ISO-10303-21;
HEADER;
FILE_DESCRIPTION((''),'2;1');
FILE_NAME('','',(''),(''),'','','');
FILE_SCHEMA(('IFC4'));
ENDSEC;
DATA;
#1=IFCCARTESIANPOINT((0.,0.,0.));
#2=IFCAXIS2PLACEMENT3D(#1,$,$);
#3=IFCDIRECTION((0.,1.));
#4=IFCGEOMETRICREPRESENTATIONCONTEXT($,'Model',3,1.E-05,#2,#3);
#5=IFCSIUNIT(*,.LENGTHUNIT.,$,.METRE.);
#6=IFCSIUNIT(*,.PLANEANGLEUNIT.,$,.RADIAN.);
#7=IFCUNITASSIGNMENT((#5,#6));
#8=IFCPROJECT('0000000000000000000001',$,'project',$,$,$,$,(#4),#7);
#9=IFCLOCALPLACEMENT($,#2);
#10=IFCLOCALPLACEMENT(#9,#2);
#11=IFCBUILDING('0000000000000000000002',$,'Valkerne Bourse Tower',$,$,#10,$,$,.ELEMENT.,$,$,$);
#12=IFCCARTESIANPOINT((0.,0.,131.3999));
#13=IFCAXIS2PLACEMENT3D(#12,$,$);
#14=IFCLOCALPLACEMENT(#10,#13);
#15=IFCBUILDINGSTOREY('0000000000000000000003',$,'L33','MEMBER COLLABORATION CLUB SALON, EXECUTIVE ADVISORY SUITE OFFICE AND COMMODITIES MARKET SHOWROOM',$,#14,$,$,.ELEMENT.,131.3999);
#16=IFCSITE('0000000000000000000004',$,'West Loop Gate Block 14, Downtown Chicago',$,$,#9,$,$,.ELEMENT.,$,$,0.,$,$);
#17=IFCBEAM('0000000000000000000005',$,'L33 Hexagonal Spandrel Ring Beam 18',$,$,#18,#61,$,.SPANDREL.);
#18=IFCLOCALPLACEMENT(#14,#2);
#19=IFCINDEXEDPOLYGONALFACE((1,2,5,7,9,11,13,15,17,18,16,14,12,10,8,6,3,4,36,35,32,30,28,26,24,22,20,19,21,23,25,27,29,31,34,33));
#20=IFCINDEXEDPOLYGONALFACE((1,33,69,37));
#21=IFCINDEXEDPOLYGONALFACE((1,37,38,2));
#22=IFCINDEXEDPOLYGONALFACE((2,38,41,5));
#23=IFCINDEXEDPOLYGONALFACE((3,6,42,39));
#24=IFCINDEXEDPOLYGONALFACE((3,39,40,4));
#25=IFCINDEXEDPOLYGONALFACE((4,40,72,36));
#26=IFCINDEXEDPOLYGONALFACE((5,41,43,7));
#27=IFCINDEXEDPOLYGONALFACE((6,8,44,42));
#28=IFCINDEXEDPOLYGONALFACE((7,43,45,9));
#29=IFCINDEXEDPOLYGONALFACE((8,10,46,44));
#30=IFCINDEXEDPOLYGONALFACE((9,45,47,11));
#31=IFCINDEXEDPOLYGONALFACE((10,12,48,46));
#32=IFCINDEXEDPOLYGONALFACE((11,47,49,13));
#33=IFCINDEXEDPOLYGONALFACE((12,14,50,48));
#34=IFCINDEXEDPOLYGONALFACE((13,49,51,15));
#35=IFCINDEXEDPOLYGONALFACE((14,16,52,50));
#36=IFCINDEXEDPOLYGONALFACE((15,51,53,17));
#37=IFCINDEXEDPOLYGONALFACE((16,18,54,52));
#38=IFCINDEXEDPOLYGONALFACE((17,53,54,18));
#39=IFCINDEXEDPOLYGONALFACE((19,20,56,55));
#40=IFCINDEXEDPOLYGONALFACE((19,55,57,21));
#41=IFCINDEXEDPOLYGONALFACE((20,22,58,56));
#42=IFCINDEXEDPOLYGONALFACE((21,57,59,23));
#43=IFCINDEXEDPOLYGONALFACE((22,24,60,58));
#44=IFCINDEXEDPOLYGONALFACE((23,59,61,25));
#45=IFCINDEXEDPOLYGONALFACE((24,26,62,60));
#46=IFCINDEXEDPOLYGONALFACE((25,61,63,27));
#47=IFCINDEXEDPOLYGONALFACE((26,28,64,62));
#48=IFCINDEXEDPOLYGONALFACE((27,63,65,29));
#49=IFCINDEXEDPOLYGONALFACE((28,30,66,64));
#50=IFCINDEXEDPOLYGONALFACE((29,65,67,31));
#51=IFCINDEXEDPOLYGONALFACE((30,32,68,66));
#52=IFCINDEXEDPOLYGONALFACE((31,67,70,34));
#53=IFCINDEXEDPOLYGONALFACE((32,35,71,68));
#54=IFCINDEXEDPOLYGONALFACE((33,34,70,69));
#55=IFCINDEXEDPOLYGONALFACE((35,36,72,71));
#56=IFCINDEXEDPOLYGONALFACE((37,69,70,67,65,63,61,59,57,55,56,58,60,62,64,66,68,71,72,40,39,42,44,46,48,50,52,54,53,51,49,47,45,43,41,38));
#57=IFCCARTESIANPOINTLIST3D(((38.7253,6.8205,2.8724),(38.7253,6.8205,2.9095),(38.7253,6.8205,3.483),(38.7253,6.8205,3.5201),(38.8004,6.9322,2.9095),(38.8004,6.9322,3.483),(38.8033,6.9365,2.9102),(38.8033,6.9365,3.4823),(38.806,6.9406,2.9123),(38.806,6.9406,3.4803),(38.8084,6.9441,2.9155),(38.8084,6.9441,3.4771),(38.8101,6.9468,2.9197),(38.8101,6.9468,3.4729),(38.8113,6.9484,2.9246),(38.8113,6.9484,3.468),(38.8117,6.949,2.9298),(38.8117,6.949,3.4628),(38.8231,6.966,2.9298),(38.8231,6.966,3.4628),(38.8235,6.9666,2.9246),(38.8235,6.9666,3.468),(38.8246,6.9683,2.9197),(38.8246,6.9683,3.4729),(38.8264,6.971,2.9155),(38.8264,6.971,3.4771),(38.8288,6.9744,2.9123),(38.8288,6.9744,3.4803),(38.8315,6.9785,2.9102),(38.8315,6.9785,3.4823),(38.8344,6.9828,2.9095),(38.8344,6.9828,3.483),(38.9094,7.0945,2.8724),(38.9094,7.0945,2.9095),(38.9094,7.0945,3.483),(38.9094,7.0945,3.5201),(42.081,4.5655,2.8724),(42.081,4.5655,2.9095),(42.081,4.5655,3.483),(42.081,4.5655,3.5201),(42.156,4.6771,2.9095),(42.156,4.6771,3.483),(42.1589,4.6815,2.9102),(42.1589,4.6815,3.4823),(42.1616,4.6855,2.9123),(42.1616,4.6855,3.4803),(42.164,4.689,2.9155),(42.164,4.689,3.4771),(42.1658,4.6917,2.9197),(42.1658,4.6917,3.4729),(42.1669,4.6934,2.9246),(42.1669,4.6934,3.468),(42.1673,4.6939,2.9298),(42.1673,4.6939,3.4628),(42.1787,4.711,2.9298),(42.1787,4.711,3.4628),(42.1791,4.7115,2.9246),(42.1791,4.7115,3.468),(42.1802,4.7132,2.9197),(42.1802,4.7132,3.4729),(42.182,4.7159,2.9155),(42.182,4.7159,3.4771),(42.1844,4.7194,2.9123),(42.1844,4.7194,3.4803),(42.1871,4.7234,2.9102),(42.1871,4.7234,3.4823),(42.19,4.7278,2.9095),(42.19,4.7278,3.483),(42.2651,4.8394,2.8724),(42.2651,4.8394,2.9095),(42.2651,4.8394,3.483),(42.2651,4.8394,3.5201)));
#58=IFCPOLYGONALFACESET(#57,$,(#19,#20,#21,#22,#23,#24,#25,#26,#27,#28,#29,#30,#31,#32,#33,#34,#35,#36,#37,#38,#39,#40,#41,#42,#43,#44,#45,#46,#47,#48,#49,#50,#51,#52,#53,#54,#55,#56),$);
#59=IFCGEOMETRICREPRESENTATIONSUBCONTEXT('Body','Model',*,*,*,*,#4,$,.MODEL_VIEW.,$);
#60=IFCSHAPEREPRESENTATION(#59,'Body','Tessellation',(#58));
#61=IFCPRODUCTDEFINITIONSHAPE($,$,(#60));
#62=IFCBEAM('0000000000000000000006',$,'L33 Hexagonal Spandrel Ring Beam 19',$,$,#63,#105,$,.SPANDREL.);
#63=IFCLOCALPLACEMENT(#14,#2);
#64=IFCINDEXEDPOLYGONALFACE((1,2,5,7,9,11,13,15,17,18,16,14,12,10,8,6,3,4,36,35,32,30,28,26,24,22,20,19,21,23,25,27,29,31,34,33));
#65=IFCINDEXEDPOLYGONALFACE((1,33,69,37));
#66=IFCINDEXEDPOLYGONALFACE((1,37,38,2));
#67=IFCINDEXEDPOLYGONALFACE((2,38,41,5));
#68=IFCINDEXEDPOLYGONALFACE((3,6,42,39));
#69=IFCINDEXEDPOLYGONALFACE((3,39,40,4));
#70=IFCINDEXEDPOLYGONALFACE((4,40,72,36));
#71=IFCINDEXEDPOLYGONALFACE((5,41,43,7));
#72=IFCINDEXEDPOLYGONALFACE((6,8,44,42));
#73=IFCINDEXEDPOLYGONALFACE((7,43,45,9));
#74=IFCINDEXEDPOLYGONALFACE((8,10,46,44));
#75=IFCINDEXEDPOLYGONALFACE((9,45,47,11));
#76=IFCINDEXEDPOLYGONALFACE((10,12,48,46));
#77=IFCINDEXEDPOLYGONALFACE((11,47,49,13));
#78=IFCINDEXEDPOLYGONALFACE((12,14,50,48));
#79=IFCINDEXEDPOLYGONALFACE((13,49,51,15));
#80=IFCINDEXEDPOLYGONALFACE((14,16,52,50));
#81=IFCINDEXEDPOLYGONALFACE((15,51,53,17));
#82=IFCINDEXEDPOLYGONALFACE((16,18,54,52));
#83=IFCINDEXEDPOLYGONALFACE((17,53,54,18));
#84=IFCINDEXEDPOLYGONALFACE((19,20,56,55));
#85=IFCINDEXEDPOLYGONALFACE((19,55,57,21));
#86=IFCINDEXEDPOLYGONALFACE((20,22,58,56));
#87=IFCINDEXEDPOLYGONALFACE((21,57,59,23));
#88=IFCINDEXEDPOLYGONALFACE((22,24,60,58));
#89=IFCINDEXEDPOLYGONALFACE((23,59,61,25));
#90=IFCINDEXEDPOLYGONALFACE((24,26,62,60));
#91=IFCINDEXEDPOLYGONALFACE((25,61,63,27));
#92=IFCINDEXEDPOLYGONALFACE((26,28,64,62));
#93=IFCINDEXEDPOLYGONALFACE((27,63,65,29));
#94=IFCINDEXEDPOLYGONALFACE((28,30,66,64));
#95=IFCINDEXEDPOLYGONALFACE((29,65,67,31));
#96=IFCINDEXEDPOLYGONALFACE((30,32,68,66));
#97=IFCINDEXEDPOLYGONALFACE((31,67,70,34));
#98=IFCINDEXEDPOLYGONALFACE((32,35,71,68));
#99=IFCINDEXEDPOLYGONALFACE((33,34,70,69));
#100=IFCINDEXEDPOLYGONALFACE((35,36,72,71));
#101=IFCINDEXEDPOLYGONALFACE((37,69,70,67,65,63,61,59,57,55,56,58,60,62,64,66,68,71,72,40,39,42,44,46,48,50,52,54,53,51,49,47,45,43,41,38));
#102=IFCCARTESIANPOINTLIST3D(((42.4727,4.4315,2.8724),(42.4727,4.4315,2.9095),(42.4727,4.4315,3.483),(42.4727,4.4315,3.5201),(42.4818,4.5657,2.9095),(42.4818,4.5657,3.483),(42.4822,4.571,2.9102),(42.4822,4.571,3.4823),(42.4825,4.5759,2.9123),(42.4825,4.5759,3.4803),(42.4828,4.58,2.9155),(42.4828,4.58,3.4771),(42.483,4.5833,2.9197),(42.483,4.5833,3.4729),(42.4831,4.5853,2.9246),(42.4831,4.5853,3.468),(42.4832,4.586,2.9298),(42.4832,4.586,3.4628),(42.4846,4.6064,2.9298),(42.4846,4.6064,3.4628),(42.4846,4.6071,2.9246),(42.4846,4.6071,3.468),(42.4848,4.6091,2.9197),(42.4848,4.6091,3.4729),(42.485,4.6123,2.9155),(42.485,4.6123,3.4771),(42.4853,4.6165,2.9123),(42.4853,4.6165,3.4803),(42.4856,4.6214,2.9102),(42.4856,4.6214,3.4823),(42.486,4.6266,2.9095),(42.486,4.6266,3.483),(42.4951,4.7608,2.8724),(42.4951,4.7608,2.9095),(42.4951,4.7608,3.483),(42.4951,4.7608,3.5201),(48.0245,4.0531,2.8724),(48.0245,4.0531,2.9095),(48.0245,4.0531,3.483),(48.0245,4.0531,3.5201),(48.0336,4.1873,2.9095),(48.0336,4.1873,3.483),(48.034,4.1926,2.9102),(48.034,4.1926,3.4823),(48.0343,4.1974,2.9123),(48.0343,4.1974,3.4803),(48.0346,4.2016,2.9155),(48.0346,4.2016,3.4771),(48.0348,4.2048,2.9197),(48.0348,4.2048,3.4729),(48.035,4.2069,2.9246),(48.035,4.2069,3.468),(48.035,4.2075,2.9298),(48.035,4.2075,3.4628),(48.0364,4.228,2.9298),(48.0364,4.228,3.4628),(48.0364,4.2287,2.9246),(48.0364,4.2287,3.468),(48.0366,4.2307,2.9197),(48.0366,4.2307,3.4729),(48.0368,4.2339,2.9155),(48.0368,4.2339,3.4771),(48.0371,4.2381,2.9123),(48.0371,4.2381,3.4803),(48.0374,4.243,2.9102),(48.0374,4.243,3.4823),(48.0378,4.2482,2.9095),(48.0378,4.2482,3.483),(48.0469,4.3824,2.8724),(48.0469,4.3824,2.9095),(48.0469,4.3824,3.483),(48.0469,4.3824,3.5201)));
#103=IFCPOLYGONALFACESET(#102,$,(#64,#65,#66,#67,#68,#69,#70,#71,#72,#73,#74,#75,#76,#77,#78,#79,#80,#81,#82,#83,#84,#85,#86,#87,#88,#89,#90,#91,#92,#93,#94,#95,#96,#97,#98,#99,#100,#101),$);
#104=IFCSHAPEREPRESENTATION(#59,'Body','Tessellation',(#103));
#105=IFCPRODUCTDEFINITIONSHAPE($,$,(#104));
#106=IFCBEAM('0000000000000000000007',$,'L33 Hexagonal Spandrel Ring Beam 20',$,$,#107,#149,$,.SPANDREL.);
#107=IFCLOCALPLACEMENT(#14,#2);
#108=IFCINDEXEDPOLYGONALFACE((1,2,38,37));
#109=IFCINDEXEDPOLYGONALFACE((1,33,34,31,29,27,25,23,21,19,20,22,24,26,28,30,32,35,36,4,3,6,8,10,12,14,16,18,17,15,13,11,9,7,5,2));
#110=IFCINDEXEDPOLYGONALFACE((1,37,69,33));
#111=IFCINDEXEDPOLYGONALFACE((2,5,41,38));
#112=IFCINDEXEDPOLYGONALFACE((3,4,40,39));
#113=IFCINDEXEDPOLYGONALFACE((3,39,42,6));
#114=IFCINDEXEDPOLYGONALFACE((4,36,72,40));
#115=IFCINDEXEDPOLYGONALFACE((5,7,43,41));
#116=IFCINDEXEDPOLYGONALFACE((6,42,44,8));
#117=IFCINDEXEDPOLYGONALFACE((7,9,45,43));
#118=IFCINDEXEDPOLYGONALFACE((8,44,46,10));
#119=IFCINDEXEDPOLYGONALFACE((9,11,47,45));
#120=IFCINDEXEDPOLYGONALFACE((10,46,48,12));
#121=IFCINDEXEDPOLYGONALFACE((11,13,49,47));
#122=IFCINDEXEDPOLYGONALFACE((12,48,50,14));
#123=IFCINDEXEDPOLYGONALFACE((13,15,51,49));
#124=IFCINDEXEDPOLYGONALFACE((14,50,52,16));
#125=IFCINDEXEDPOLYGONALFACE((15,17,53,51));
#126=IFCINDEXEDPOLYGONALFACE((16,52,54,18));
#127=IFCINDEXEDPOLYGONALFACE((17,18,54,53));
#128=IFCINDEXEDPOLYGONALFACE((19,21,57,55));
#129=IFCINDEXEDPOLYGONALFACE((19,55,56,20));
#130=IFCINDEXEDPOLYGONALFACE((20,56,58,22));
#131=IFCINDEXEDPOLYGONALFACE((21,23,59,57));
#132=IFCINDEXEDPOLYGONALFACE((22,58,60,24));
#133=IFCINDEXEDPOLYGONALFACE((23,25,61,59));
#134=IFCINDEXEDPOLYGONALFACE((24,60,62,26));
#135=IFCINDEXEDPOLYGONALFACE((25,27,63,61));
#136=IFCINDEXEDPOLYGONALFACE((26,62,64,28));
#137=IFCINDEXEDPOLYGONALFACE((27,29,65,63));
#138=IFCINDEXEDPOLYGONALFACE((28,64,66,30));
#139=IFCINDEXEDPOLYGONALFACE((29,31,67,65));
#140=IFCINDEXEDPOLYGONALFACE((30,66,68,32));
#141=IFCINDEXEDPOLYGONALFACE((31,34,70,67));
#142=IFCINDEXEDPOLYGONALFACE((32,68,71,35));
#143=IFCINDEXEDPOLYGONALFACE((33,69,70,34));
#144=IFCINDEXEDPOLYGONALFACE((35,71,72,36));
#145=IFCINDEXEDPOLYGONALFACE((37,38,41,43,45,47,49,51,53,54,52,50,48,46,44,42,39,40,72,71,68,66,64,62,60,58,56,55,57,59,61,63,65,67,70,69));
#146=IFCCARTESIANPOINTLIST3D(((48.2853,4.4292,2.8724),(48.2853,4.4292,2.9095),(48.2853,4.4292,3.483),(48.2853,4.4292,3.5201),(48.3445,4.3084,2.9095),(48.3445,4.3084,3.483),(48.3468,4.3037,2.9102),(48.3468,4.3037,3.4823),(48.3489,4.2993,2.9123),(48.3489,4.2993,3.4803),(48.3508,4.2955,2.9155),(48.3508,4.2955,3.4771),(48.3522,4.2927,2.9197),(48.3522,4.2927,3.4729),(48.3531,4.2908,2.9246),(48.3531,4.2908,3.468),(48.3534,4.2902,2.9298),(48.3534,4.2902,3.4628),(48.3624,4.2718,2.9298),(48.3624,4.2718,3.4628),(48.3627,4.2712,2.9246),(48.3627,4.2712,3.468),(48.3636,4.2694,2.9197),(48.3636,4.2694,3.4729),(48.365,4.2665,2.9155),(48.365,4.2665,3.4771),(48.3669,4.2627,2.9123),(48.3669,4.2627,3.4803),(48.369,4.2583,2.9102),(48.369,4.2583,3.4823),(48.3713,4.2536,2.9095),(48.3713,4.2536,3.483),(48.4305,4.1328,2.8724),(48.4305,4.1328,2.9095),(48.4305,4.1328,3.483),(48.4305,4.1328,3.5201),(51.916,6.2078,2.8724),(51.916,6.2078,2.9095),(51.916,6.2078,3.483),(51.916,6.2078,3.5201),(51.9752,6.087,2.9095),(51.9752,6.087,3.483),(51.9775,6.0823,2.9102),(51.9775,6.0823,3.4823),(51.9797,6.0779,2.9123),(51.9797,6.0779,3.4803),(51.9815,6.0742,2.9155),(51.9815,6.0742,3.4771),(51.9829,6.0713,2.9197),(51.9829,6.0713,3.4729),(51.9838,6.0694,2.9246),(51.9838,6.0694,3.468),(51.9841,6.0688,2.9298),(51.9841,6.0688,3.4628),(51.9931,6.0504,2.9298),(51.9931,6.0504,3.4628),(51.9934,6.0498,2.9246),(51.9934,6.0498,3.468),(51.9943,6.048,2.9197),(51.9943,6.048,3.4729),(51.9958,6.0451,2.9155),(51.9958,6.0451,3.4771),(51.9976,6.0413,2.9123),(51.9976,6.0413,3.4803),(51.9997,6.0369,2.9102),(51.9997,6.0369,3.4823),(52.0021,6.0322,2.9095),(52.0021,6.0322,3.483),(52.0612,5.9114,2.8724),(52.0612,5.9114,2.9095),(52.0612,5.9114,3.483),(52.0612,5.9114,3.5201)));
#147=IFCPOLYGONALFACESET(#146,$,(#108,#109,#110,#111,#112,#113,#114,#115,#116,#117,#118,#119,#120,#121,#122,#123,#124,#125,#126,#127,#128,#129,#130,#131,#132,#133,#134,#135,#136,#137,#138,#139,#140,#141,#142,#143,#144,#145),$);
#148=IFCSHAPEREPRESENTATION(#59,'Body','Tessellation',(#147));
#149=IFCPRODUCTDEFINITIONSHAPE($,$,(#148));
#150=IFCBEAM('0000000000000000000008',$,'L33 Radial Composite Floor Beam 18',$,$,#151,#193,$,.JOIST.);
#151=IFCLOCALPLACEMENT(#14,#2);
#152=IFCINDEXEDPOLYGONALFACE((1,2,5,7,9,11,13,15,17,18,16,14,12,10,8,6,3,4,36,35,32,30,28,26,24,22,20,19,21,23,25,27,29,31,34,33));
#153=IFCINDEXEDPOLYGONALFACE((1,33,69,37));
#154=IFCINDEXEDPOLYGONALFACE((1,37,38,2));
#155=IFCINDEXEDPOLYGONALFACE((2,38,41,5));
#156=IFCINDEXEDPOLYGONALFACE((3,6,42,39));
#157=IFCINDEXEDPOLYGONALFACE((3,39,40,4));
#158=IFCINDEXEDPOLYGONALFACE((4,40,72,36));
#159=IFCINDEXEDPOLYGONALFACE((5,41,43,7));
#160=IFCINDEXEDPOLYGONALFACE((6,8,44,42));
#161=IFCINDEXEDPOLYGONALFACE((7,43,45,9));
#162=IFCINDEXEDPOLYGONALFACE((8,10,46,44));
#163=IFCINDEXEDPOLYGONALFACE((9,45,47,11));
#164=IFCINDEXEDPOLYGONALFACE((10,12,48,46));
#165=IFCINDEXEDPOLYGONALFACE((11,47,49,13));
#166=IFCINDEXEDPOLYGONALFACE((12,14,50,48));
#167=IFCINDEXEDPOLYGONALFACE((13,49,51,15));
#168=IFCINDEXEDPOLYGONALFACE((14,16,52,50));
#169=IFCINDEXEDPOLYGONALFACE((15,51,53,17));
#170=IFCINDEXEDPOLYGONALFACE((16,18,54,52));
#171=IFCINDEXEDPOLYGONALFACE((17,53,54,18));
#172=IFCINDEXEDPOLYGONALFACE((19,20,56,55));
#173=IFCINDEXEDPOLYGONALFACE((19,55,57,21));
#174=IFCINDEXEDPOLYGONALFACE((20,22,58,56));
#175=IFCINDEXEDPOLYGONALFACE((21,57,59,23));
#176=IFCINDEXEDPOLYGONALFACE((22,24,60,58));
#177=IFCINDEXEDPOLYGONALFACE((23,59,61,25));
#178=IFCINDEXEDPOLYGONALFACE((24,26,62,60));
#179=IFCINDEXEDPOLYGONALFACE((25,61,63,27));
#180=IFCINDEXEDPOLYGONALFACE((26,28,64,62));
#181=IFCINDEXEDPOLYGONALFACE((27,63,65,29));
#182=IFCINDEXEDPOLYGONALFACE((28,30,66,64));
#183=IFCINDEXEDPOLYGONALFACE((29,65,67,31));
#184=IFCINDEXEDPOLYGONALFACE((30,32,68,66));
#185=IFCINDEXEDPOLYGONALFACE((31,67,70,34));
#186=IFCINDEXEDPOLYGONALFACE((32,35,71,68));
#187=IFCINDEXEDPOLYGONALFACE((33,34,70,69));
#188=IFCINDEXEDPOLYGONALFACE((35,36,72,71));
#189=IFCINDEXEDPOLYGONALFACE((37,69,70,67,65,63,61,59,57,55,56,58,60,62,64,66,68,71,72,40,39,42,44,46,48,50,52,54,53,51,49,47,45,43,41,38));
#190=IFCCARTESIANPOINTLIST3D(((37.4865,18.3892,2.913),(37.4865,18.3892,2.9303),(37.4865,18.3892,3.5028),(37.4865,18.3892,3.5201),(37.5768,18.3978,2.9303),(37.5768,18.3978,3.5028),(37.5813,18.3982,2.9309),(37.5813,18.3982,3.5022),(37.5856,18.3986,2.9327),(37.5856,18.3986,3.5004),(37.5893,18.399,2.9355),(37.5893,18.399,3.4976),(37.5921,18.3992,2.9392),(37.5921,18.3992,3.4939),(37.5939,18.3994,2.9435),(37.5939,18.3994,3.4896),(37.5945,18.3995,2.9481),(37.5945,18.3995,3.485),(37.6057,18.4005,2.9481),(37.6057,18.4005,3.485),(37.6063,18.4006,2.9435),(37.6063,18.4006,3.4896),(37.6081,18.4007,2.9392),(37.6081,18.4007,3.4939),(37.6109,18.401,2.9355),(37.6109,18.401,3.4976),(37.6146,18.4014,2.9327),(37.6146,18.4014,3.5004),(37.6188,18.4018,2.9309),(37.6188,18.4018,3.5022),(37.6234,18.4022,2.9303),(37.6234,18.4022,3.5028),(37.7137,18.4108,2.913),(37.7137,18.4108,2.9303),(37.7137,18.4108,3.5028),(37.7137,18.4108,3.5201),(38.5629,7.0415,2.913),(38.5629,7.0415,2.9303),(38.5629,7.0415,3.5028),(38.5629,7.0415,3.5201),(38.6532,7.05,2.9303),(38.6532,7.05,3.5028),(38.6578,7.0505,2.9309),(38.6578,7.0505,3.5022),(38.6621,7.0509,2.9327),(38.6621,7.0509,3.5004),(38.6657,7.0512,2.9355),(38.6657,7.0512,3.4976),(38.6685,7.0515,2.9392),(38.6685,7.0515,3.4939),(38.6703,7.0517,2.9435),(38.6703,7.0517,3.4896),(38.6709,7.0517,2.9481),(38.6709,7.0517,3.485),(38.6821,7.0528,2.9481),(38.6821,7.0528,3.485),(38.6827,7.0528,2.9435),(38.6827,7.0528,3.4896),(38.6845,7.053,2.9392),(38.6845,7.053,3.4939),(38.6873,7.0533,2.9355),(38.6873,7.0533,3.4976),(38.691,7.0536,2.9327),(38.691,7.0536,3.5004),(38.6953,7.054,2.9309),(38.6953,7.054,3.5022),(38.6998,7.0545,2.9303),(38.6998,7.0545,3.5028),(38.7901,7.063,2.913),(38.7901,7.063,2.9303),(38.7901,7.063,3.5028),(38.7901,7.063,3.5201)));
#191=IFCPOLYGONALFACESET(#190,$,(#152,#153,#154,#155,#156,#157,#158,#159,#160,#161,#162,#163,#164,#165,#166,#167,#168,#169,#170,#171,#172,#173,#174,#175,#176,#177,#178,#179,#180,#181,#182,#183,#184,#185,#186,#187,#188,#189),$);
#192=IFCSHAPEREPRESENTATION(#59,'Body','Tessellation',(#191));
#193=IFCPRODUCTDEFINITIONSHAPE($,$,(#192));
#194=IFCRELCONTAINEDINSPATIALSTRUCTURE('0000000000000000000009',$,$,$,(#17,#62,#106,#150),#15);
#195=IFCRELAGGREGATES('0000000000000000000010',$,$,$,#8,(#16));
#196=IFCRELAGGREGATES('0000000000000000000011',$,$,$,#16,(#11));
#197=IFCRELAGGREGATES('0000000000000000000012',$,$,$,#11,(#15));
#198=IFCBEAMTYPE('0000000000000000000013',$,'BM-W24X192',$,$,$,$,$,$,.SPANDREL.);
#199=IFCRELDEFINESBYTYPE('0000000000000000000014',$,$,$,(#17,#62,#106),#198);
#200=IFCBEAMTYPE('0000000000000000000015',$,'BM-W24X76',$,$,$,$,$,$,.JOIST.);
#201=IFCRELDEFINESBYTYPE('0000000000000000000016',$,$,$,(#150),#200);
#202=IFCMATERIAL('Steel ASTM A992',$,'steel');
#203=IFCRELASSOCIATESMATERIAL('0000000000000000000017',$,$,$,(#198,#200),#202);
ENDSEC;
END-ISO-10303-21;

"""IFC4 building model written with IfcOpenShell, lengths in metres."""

from ifc_helpers import new_model, si_unit, direction, frame, origin, origin_2d, place, context, subcontext, project, spatial, i_section, extrude, material, material_profile, profile_set, type_object, element, save


model = new_model("IFC4")

# Units and contexts
model_context = context("Model", 3, precision=1e-05, world=origin(), true_north=direction((0.0, 1.0)))
body_context = subcontext(model_context, "Body", "Model", "MODEL_VIEW")
ifc_project = project(units=[si_unit("LENGTHUNIT", "METRE"), si_unit("PLANEANGLEUNIT", "RADIAN")], contexts=[model_context])

# Site, building, storey
site_placement = place(None, origin())
site = spatial("IfcSite", under=ifc_project, at=site_placement, Name="West Loop Gate Block 14, Downtown Chicago", CompositionType="ELEMENT", RefElevation=0.0)
building_placement = place(site_placement, origin())
building = spatial("IfcBuilding", under=site, at=building_placement, Name="Valkerne Bourse Tower", CompositionType="ELEMENT")
storey_placement = place(building_placement, frame((0.0, 0.0, 131.3999)))
storey = spatial("IfcBuildingStorey", under=building, at=storey_placement, Name="L33", Description="MEMBER COLLABORATION CLUB SALON, EXECUTIVE ADVISORY SUITE OFFICE AND COMMODITIES MARKET SHOWROOM", CompositionType="ELEMENT", Elevation=131.3999)

# Beams
ifc_material_1 = material(Name="Steel ASTM A992", Category="steel")
ifc_material_profile_1 = material_profile(ifc_material_1, i_section(OverallWidth=0.3301, OverallDepth=0.6477, WebThickness=0.0205, FlangeThickness=0.0371, FilletRadius=0.0203, at=origin_2d()), Name="W24X192")
ifc_profile_set_1 = profile_set([ifc_material_profile_1], Name="Steel ASTM A992")
beam_type_1 = type_object("IfcBeamType", Name="BM-W24X192", PredefinedType="SPANDREL", material=ifc_profile_set_1)
beam_1_placement = place(storey_placement, frame((38.8174, 6.9575, 3.1963), z_axis=(0.829992, -0.557776, 0.0), x_axis=(0.557776, 0.829992, 0.0)))
element("IfcBeam", 1, at=beam_1_placement, inside=storey, type_object=beam_type_1, Name="L33 Hexagonal Spandrel Ring Beam 18", PredefinedType="SPANDREL", context=body_context, shape_type="SweptSolid", body=[
    extrude(i_section(OverallWidth=0.3301, OverallDepth=0.6477, WebThickness=0.0205, FlangeThickness=0.0371, FilletRadius=0.0203, at=origin_2d()), origin(), (0.0, 0.0, 1.0), 4.043),
])
beam_2_placement = place(storey_placement, frame((42.4839, 4.5962, 3.1963), z_axis=(0.997685, -0.068004, 0.0), x_axis=(0.068004, 0.997685, 0.0)))
element("IfcBeam", 2, at=beam_2_placement, inside=storey, type_object=beam_type_1, Name="L33 Hexagonal Spandrel Ring Beam 19", PredefinedType="SPANDREL", context=body_context, shape_type="SweptSolid", body=[
    extrude(i_section(OverallWidth=0.3301, OverallDepth=0.6477, WebThickness=0.0205, FlangeThickness=0.0371, FilletRadius=0.0203, at=origin_2d()), origin(), (0.0, 0.0, 1.0), 5.5647),
])
beam_3_placement = place(storey_placement, frame((48.3579, 4.281, 3.1963), z_axis=(0.898033, 0.439928, 0.0), x_axis=(-0.439928, 0.898033, 0.0)))
element("IfcBeam", 3, at=beam_3_placement, inside=storey, type_object=beam_type_1, Name="L33 Hexagonal Spandrel Ring Beam 20", PredefinedType="SPANDREL", context=body_context, shape_type="SweptSolid", body=[
    extrude(i_section(OverallWidth=0.3301, OverallDepth=0.6477, WebThickness=0.0205, FlangeThickness=0.0371, FilletRadius=0.0203, at=origin_2d()), origin(), (0.0, 0.0, 1.0), 4.043),
])
ifc_material_profile_2 = material_profile(ifc_material_1, i_section(OverallWidth=0.2283, OverallDepth=0.6072, WebThickness=0.0112, FlangeThickness=0.0173, FilletRadius=0.0178, at=origin_2d()), Name="W24X76")
ifc_profile_set_2 = profile_set([ifc_material_profile_2], Name="Steel ASTM A992")
beam_type_2 = type_object("IfcBeamType", Name="BM-W24X76", PredefinedType="JOIST", material=ifc_profile_set_2)
beam_4_placement = place(storey_placement, frame((38.6765, 7.0522, 3.2166), z_axis=(-0.094434, 0.995531, 0.0), x_axis=(-0.995531, -0.094434, 0.0)))
element("IfcBeam", 4, at=beam_4_placement, inside=storey, type_object=beam_type_2, Name="L33 Radial Composite Floor Beam 18", PredefinedType="JOIST", context=body_context, shape_type="SweptSolid", body=[
    extrude(i_section(OverallWidth=0.2283, OverallDepth=0.6072, WebThickness=0.0112, FlangeThickness=0.0173, FilletRadius=0.0178, at=origin_2d()), origin(), (0.0, 0.0, 1.0), 11.3987),
])

save(model, "model.ifc")
